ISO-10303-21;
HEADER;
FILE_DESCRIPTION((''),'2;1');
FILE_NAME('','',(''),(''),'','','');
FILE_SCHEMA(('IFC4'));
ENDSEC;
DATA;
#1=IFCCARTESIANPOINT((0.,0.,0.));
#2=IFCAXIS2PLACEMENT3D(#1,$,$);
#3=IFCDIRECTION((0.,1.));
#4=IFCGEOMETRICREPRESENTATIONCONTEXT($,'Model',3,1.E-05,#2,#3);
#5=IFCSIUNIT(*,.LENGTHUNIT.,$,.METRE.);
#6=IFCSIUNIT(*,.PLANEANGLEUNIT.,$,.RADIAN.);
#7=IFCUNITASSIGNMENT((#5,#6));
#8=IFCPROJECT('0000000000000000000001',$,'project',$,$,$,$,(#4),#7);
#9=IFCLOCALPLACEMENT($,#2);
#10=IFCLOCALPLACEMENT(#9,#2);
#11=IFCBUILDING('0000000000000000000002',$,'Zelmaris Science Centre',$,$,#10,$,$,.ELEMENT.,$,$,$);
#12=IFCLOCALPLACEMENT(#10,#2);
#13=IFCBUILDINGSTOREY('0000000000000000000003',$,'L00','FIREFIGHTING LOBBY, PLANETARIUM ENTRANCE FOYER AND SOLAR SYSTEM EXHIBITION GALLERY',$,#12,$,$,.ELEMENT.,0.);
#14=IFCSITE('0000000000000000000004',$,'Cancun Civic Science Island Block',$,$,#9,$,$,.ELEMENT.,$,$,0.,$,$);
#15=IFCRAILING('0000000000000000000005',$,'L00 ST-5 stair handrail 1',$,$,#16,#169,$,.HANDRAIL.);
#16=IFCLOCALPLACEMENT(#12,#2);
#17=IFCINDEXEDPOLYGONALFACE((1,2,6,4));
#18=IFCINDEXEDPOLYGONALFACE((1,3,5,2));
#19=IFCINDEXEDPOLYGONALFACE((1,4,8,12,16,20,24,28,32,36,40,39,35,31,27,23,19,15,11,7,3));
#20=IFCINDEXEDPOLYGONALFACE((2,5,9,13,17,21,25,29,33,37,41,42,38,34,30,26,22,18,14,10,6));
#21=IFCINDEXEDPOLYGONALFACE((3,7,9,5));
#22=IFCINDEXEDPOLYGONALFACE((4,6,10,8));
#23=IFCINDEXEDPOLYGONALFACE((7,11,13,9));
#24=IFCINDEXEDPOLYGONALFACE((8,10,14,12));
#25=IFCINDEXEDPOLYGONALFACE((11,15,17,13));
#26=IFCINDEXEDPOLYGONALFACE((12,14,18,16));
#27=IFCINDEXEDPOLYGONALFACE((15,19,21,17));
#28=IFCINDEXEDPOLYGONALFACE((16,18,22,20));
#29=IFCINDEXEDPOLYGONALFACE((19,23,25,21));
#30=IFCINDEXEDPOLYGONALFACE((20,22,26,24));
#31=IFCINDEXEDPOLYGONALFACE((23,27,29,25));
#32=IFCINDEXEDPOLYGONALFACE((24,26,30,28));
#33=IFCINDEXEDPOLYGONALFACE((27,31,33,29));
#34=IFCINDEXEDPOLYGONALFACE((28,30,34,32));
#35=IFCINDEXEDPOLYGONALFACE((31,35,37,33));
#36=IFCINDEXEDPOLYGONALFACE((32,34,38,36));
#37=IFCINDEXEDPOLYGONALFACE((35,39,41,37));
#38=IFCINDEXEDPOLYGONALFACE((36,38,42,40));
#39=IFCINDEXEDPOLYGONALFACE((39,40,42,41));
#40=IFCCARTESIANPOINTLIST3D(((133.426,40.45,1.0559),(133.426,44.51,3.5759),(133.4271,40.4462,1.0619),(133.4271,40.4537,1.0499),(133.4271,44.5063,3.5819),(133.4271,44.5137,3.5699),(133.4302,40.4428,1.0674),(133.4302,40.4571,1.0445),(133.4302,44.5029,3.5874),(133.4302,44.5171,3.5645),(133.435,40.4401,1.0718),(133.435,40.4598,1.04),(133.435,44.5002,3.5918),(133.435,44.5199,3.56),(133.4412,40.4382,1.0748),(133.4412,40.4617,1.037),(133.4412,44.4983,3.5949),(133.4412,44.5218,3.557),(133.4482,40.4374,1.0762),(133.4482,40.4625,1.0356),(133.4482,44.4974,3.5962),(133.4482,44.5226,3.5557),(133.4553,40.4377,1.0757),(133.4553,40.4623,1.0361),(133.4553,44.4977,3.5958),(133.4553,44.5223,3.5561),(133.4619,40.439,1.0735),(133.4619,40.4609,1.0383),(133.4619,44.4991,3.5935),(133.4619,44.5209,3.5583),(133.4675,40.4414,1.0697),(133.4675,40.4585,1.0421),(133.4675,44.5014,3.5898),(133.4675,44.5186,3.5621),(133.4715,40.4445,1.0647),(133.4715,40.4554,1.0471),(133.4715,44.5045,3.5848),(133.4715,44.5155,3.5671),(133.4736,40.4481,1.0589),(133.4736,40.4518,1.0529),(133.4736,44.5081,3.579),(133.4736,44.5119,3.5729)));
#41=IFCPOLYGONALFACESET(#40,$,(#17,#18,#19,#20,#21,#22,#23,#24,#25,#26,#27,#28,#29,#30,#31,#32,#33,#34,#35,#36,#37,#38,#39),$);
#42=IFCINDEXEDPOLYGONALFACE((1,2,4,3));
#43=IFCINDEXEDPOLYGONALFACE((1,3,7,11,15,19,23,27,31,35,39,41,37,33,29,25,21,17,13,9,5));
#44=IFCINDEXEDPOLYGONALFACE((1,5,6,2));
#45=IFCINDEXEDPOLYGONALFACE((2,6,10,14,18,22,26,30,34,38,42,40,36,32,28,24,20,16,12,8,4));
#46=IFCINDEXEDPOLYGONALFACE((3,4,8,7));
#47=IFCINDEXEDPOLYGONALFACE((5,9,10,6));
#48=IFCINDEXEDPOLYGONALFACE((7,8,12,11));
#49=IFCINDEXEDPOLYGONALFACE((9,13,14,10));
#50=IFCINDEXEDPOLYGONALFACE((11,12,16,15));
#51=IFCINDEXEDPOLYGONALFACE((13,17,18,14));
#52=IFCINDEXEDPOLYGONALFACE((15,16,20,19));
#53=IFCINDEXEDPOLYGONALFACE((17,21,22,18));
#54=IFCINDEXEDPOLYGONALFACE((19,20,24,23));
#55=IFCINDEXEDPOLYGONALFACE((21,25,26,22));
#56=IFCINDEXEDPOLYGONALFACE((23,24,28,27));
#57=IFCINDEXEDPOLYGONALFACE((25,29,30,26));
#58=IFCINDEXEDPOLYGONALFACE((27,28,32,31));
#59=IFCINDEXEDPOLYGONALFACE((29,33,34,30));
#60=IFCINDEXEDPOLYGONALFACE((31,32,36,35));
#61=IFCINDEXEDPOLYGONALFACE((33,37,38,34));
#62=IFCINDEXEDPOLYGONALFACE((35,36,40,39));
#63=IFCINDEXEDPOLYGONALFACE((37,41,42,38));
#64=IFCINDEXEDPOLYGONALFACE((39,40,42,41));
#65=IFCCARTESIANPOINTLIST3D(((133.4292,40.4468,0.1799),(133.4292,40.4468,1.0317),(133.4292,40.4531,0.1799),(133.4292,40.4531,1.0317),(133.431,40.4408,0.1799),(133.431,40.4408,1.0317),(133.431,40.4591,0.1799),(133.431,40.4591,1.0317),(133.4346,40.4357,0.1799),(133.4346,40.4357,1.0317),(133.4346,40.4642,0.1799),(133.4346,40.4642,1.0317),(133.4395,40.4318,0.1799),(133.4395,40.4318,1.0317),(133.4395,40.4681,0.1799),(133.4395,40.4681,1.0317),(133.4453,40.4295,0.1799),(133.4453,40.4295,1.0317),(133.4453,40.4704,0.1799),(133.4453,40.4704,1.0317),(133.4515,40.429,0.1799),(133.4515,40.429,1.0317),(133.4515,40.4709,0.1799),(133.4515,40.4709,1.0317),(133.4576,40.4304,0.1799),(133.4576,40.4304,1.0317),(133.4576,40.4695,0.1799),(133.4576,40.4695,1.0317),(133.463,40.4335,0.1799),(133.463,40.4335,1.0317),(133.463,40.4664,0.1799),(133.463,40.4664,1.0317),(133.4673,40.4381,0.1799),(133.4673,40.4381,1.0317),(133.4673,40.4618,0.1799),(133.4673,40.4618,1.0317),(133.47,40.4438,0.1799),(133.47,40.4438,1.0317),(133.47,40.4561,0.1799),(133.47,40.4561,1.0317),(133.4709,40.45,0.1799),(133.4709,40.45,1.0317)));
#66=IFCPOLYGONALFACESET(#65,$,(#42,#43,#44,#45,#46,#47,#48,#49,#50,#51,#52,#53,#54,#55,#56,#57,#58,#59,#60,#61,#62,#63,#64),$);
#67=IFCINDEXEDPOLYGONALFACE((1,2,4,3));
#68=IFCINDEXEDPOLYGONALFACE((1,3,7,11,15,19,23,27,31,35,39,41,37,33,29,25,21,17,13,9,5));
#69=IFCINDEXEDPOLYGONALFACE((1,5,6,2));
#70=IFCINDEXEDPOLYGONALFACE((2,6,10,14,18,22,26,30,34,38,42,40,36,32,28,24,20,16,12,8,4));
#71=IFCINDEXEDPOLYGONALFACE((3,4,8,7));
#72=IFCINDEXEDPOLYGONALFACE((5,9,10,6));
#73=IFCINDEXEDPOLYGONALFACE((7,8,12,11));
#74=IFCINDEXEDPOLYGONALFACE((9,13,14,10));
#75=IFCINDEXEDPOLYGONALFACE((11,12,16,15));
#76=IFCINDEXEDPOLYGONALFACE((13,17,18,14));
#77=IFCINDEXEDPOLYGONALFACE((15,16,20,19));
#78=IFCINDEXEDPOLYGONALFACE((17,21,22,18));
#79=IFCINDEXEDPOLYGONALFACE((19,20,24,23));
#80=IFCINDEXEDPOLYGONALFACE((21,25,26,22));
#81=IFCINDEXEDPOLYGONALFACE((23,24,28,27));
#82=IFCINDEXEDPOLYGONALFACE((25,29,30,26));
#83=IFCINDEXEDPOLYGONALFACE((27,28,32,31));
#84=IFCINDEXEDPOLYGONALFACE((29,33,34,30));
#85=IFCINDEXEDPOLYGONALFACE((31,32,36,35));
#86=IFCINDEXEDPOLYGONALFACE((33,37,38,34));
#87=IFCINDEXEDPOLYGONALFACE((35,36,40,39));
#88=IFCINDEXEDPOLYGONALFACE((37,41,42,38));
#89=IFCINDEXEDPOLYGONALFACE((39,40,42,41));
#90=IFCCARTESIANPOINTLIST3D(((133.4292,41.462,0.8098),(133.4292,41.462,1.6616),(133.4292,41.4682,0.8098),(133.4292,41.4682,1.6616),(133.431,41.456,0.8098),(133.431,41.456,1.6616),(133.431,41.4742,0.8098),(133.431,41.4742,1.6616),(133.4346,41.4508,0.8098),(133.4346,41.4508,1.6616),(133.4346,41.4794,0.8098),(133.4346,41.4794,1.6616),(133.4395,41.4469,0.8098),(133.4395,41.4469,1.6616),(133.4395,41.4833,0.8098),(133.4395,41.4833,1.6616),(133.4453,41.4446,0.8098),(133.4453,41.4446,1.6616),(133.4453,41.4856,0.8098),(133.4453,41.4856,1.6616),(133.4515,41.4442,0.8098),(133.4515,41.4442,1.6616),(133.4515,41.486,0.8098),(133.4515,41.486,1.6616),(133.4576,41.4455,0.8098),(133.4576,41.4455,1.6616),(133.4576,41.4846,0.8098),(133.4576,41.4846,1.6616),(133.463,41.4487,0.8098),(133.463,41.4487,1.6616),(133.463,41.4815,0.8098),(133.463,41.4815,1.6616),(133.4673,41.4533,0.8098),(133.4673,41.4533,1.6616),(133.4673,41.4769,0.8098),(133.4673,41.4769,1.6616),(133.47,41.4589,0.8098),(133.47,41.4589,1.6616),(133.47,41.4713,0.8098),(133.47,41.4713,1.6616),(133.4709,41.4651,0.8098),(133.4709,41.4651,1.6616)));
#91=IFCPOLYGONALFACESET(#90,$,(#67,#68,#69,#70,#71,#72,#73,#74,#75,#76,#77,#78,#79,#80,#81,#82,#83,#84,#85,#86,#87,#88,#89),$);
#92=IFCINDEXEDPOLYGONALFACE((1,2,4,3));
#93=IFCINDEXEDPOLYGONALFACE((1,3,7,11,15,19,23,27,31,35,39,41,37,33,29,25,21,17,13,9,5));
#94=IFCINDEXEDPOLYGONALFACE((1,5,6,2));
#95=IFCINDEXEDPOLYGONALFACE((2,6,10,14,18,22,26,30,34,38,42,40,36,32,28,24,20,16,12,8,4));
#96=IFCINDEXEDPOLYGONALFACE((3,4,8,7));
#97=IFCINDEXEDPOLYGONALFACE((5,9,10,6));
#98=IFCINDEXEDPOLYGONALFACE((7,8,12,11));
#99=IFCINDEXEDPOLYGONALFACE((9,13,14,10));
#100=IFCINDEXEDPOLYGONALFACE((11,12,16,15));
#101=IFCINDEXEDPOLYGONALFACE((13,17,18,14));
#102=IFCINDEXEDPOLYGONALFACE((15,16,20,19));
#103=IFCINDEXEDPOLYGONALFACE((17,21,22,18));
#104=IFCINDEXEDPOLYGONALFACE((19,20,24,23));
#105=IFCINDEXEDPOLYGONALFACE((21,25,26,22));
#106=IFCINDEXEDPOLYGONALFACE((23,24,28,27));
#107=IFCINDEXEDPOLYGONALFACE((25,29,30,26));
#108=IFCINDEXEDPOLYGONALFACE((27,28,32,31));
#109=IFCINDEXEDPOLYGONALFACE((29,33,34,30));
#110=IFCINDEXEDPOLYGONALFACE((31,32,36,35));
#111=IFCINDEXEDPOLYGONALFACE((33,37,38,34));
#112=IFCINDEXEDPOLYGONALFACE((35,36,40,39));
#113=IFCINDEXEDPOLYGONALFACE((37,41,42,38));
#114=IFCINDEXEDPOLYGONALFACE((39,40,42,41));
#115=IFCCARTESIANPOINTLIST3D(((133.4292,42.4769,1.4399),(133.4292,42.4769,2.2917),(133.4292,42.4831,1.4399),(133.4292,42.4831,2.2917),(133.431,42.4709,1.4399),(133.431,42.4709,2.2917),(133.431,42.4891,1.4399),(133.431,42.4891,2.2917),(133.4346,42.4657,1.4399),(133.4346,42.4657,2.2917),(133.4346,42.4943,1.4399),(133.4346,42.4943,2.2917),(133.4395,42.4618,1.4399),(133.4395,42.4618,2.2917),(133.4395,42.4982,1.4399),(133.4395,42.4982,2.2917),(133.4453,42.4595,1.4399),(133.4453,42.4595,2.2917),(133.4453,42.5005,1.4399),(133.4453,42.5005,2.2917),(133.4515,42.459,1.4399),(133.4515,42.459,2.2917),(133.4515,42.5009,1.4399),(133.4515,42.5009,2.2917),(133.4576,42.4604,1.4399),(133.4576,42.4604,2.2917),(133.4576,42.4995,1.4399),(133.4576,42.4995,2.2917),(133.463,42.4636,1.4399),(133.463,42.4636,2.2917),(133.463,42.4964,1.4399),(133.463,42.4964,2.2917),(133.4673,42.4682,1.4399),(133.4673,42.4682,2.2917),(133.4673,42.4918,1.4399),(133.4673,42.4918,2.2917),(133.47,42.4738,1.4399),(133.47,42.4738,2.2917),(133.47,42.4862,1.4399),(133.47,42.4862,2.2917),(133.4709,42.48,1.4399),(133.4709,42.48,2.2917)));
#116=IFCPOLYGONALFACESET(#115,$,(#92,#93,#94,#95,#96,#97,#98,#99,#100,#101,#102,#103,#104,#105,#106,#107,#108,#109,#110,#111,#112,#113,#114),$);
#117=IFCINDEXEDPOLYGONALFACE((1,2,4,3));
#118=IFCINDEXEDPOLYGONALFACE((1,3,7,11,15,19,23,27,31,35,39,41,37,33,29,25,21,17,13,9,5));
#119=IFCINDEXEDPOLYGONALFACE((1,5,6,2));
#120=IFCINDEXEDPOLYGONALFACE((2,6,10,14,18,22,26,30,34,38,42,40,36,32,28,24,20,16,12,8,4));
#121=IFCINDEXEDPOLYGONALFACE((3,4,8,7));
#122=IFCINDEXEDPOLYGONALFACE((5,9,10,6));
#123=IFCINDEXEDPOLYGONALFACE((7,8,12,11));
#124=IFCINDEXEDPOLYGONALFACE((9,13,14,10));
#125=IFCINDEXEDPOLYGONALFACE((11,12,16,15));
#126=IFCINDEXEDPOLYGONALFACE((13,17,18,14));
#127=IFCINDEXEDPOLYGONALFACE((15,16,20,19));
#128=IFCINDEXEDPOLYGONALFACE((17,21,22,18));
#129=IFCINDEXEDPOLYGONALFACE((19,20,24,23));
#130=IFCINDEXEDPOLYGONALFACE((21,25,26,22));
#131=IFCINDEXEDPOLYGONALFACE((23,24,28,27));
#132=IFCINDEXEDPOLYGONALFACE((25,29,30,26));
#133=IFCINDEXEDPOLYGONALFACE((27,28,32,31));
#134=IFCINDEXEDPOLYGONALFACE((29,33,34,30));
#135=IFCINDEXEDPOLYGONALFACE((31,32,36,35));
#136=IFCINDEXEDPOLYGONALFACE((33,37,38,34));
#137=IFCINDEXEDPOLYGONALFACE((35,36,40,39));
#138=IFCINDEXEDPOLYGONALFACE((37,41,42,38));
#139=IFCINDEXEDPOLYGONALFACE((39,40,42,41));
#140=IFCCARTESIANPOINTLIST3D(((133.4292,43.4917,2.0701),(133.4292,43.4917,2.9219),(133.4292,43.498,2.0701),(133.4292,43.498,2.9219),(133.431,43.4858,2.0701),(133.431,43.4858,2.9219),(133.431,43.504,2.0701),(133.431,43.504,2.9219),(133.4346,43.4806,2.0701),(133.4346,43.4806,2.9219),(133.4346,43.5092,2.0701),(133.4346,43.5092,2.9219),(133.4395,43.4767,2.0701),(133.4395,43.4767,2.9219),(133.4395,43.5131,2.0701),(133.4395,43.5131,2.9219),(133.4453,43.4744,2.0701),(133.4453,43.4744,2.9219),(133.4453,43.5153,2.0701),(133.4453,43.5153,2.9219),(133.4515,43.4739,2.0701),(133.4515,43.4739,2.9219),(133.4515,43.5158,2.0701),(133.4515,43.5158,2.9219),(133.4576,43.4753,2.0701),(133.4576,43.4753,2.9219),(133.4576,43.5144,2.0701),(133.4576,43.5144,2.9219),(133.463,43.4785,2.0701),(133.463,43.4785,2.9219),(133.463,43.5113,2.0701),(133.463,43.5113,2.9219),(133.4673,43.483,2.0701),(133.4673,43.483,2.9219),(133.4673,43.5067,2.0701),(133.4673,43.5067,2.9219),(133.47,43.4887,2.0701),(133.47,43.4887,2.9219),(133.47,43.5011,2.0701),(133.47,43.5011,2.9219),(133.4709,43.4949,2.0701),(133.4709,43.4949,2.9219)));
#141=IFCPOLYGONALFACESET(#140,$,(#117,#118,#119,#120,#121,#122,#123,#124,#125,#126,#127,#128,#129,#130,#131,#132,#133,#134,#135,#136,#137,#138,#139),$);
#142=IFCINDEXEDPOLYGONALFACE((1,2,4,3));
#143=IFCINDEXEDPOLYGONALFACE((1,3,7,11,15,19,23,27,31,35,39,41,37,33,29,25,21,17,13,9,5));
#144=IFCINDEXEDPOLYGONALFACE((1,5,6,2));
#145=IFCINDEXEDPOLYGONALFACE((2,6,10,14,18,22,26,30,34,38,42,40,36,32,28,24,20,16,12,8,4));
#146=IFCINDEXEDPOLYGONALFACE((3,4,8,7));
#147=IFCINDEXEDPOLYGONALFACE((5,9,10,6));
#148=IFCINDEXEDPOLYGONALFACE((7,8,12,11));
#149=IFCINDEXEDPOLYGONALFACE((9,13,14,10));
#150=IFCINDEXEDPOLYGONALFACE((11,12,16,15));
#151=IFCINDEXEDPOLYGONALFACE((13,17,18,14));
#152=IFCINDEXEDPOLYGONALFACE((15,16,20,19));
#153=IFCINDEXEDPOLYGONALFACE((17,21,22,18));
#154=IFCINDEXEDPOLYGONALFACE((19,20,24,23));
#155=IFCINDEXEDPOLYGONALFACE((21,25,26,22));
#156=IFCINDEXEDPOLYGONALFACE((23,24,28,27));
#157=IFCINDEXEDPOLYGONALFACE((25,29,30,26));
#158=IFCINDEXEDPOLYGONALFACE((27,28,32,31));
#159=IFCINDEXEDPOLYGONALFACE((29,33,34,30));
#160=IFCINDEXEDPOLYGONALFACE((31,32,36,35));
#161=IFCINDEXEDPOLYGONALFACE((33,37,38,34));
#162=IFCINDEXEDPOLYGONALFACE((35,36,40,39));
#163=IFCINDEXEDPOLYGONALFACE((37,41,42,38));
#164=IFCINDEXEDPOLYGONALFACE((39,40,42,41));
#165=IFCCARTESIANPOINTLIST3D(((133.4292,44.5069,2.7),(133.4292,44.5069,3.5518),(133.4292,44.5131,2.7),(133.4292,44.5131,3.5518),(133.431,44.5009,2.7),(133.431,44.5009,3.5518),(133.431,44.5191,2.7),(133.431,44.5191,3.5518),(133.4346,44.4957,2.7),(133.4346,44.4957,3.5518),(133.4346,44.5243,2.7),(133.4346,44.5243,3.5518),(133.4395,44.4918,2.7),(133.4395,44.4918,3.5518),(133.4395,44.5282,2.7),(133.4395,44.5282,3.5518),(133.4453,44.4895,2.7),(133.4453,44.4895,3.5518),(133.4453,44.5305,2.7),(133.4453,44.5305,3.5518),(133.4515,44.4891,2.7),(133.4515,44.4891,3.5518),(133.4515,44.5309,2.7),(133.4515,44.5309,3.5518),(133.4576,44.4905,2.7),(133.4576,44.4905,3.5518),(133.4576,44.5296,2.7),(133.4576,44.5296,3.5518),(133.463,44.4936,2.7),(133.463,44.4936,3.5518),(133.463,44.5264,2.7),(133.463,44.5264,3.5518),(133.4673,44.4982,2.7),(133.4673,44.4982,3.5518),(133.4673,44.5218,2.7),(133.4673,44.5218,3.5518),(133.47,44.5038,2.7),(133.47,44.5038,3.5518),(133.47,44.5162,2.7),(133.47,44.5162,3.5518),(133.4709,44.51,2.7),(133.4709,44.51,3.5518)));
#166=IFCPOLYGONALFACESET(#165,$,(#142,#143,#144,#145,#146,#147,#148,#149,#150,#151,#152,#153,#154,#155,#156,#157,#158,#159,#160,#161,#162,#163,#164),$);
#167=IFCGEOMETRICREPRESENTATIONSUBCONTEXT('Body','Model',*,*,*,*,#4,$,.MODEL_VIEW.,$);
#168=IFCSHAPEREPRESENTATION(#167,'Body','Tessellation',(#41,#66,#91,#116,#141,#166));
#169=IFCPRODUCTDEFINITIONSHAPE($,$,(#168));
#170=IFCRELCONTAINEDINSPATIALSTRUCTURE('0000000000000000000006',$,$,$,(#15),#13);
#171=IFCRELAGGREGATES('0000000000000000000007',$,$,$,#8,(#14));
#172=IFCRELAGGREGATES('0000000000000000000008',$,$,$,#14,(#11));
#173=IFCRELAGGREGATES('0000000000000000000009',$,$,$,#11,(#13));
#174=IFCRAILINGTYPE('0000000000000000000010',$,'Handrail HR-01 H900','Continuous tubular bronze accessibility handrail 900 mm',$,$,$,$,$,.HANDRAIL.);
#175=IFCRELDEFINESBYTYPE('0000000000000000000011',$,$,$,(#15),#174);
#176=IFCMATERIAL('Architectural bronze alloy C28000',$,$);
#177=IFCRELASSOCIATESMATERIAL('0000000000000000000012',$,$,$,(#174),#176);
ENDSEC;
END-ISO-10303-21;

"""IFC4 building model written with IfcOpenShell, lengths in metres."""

from ifc_helpers import new_model, si_unit, direction, frame, origin, origin_2d, place, context, subcontext, project, spatial, circle, extrude, material, type_object, element, save


model = new_model("IFC4")

# Units and contexts
model_context = context("Model", 3, precision=1e-05, world=origin(), true_north=direction((0.0, 1.0)))
body_context = subcontext(model_context, "Body", "Model", "MODEL_VIEW")
ifc_project = project(units=[si_unit("LENGTHUNIT", "METRE"), si_unit("PLANEANGLEUNIT", "RADIAN")], contexts=[model_context])

# Site, building, storey
site_placement = place(None, origin())
site = spatial("IfcSite", under=ifc_project, at=site_placement, Name="Cancun Civic Science Island Block", CompositionType="ELEMENT", RefElevation=0.0)
building_placement = place(site_placement, origin())
building = spatial("IfcBuilding", under=site, at=building_placement, Name="Zelmaris Science Centre", CompositionType="ELEMENT")
storey_placement = place(building_placement, origin())
storey = spatial("IfcBuildingStorey", under=building, at=storey_placement, Name="L00", Description="FIREFIGHTING LOBBY, PLANETARIUM ENTRANCE FOYER AND SOLAR SYSTEM EXHIBITION GALLERY", CompositionType="ELEMENT", Elevation=0.0)

# Railing
ifc_material_1 = material(Name="Architectural bronze alloy C28000")
railing_type_1 = type_object("IfcRailingType", Name="Handrail HR-01 H900", Description="Continuous tubular bronze accessibility handrail 900 mm", PredefinedType="HANDRAIL", material=ifc_material_1)
railing_1_placement = place(storey_placement, frame((133.45, 40.45, 0.1799)))
element("IfcRailing", 1, at=railing_1_placement, inside=storey, type_object=railing_type_1, Name="L00 ST-5 stair handrail 1", PredefinedType="HANDRAIL", context=body_context, shape_type="SweptSolid", body=[
    extrude(circle(Radius=0.0239, at=origin_2d()), frame((0.0, 0.0, 0.876), z_axis=(0.0, 0.849642, 0.52736), x_axis=(-1.0, 0.0, 0.0)), (0.0, 0.0, 1.0), 4.7786),
    extrude(circle(Radius=0.021, at=origin_2d()), origin(), (0.0, 0.0, 1.0), 0.8518),
    extrude(circle(Radius=0.021, at=origin_2d()), frame((0.0, 1.0151, 0.6299)), (0.0, 0.0, 1.0), 0.8518),
    extrude(circle(Radius=0.021, at=origin_2d()), frame((0.0, 2.03, 1.26)), (0.0, 0.0, 1.0), 0.8518),
    extrude(circle(Radius=0.021, at=origin_2d()), frame((0.0, 3.0449, 1.8901)), (0.0, 0.0, 1.0), 0.8518),
    extrude(circle(Radius=0.021, at=origin_2d()), frame((0.0, 4.0601, 2.52)), (0.0, 0.0, 1.0), 0.8518),
])

save(model, "model.ifc")
